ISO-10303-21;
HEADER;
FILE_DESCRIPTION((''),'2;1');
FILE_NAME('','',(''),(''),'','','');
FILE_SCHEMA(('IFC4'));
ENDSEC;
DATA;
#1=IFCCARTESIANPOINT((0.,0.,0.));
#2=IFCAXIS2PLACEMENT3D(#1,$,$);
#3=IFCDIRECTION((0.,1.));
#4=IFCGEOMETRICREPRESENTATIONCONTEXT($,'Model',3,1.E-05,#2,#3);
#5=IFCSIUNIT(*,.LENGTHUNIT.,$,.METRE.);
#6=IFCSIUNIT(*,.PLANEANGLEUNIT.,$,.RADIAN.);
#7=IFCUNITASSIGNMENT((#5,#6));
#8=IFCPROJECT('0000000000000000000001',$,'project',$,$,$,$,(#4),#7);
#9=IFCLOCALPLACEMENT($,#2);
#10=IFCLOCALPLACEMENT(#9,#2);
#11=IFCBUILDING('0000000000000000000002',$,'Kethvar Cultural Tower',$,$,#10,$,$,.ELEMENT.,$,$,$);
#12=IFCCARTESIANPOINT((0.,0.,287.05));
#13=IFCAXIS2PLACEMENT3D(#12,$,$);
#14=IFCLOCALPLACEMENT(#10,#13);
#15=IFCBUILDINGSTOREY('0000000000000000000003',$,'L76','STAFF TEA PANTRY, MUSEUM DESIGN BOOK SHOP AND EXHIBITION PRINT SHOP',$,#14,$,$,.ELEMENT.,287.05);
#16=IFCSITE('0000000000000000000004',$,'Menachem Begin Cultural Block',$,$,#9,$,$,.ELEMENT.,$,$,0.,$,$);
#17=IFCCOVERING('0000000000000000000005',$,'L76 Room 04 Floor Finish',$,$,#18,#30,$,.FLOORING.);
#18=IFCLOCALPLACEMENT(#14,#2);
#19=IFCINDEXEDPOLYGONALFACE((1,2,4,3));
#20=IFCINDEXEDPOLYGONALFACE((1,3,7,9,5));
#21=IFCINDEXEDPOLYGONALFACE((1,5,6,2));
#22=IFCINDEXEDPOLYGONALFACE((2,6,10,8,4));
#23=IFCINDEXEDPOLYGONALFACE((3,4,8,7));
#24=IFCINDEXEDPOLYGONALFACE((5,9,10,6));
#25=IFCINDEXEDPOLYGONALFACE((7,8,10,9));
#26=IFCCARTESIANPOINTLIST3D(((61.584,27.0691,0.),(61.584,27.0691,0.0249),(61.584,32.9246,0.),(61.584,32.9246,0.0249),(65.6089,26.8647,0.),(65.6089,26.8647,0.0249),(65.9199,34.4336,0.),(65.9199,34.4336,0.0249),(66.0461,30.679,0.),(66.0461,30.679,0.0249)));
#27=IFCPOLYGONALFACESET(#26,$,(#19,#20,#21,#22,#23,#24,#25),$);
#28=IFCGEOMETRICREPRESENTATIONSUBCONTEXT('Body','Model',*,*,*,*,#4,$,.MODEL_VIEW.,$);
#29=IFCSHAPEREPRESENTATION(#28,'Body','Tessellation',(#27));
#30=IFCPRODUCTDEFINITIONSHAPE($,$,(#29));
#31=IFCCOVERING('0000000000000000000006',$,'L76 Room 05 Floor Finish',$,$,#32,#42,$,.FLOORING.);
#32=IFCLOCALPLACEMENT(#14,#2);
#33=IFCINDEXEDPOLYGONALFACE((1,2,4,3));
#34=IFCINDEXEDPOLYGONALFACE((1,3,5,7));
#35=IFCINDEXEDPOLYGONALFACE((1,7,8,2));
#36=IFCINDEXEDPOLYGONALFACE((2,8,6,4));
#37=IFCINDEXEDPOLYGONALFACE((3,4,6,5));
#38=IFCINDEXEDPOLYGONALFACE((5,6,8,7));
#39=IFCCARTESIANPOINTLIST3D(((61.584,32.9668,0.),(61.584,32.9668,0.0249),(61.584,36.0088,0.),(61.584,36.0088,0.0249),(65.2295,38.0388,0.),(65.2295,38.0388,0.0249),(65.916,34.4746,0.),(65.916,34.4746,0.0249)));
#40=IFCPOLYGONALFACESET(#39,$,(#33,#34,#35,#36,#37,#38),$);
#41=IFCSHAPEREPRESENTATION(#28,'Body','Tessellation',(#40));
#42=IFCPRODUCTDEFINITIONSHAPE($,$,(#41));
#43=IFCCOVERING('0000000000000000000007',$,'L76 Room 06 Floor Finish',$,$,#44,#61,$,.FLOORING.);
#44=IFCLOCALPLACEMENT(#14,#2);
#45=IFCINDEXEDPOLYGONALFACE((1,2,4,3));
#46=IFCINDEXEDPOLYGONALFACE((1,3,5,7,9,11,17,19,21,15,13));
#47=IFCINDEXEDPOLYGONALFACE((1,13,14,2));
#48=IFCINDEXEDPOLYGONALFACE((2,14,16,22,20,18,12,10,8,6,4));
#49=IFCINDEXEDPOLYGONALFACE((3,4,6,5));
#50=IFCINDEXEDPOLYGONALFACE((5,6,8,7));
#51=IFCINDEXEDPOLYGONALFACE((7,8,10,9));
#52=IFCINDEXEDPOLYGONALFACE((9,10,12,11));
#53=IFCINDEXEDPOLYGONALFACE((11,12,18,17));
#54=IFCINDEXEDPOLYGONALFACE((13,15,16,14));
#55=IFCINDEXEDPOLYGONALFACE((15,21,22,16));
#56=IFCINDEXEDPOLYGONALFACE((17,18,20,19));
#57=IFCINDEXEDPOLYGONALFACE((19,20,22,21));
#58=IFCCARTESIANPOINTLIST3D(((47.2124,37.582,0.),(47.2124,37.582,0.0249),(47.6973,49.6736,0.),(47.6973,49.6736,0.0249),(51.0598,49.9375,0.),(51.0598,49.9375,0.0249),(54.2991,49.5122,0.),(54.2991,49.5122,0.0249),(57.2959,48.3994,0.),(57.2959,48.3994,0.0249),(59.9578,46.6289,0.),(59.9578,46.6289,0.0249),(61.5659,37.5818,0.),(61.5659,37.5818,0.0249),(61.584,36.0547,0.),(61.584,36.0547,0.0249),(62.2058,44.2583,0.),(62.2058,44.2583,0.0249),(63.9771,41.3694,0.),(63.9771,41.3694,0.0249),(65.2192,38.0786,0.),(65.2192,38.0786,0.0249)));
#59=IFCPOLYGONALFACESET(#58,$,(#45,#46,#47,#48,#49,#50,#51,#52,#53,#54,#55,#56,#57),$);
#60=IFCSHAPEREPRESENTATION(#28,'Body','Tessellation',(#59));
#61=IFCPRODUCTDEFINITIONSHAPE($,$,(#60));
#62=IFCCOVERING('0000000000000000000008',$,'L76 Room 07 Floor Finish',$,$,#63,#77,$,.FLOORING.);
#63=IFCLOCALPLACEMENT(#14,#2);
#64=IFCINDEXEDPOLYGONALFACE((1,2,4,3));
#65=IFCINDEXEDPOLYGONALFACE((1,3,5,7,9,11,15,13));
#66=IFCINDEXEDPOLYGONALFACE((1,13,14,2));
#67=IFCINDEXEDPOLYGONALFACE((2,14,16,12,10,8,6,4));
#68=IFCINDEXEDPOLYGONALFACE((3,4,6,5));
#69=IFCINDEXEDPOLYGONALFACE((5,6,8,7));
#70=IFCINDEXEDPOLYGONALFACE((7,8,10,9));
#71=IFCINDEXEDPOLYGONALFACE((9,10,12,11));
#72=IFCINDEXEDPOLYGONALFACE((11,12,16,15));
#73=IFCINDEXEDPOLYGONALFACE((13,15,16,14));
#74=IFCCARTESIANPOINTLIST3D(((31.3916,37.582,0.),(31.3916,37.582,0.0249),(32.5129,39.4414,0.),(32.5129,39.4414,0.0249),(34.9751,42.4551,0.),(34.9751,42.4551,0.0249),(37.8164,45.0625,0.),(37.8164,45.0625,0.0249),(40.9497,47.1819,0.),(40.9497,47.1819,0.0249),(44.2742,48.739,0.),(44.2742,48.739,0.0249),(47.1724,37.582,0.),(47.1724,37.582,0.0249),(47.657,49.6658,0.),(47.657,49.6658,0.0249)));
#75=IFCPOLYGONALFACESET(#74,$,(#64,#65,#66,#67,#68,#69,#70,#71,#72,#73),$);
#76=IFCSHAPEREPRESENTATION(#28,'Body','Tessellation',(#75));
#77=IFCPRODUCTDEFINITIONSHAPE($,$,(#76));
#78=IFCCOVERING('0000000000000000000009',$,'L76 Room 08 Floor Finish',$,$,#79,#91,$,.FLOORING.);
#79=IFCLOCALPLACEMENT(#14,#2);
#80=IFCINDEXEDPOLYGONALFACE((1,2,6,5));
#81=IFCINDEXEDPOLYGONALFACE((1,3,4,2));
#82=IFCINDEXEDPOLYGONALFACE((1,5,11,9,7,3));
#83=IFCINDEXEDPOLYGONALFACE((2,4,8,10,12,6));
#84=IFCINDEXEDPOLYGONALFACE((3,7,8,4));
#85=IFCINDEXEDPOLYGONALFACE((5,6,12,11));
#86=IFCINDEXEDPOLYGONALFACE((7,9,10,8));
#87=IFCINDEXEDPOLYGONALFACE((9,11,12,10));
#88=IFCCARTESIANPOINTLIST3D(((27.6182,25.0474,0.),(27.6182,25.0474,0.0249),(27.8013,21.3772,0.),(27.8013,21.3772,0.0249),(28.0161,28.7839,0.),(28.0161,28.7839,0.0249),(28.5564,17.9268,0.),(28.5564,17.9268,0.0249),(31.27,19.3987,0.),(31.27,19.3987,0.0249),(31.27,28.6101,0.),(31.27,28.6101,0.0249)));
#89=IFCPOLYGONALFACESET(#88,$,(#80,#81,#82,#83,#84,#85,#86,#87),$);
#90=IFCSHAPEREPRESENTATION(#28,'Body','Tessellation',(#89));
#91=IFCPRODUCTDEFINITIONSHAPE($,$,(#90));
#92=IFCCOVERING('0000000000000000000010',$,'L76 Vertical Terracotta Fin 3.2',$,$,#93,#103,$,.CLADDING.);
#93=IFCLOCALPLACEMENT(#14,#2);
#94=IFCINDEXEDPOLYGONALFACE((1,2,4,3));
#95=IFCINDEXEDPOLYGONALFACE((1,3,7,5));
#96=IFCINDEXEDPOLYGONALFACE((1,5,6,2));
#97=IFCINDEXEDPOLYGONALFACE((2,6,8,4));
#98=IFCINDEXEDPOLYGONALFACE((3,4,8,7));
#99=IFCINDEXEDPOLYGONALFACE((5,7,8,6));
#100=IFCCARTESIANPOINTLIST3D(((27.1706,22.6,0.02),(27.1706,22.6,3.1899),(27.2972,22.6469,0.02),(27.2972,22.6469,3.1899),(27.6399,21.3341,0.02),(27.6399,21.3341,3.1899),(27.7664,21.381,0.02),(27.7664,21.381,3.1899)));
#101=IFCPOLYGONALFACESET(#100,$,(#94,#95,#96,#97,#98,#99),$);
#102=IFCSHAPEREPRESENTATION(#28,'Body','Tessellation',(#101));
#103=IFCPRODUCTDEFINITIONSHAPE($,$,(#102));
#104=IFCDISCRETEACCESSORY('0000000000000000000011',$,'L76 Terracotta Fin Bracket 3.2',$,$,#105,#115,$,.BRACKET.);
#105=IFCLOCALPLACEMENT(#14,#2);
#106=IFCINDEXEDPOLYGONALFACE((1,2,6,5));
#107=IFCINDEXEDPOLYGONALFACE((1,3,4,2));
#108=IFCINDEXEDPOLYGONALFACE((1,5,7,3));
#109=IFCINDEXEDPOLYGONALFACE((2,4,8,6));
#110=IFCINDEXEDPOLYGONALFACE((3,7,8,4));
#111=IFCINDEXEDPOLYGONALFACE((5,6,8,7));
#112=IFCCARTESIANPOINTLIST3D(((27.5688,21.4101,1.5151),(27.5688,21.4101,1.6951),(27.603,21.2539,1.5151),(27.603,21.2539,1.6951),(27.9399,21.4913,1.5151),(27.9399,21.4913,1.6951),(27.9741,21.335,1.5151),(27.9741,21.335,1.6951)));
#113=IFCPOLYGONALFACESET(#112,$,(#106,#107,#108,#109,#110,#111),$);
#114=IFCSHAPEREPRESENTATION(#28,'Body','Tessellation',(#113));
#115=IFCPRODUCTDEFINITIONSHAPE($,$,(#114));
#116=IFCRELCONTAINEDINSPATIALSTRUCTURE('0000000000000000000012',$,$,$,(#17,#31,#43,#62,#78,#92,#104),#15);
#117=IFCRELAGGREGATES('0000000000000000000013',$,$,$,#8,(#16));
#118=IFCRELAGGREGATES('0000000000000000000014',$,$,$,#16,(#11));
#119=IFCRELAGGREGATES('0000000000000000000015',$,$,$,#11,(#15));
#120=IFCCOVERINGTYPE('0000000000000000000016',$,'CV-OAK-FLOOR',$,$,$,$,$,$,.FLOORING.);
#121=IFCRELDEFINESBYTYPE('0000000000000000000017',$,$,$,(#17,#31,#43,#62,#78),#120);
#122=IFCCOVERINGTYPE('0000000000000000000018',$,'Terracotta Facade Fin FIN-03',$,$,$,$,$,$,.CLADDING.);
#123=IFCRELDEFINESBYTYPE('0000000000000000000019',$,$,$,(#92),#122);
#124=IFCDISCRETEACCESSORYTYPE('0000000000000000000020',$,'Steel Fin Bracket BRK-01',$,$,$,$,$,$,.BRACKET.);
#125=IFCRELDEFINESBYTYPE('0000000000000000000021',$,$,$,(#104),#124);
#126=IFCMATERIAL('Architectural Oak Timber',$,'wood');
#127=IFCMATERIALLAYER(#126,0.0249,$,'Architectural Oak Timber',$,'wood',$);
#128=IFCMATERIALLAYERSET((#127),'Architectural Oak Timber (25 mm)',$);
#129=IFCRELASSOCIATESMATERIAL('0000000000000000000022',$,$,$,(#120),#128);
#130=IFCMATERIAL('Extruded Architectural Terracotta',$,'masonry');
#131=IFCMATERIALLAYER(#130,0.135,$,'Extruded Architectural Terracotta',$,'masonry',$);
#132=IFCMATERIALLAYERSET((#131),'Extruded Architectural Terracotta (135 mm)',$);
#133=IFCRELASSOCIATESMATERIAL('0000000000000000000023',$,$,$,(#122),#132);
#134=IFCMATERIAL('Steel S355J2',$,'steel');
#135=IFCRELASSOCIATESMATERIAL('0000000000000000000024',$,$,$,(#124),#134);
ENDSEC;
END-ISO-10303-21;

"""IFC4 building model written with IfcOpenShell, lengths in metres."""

from ifc_helpers import new_model, si_unit, direction, frame, origin, origin_2d, place, context, subcontext, project, spatial, polyline, rectangle, outline, extrude, source, transform, mapped, material, layer, layer_set, type_object, element, save


model = new_model("IFC4")

# Units and contexts
model_context = context("Model", 3, precision=1e-05, world=origin(), true_north=direction((0.0, 1.0)))
body_context = subcontext(model_context, "Body", "Model", "MODEL_VIEW")
ifc_project = project(units=[si_unit("LENGTHUNIT", "METRE"), si_unit("PLANEANGLEUNIT", "RADIAN")], contexts=[model_context])

# Site, building, storey
site_placement = place(None, origin())
site = spatial("IfcSite", under=ifc_project, at=site_placement, Name="Menachem Begin Cultural Block", CompositionType="ELEMENT", RefElevation=0.0)
building_placement = place(site_placement, origin())
building = spatial("IfcBuilding", under=site, at=building_placement, Name="Kethvar Cultural Tower", CompositionType="ELEMENT")
storey_placement = place(building_placement, frame((0.0, 0.0, 287.05)))
storey = spatial("IfcBuildingStorey", under=building, at=storey_placement, Name="L76", Description="STAFF TEA PANTRY, MUSEUM DESIGN BOOK SHOP AND EXHIBITION PRINT SHOP", CompositionType="ELEMENT", Elevation=287.05)

# Coverings
ifc_material_1 = material(Name="Architectural Oak Timber", Category="wood")
ifc_layer_1 = layer(ifc_material_1, 0.0249, Name="Architectural Oak Timber", Category="wood")
ifc_layer_set_1 = layer_set([ifc_layer_1], Name="Architectural Oak Timber (25 mm)")
covering_type_1 = type_object("IfcCoveringType", Name="CV-OAK-FLOOR", PredefinedType="FLOORING", material=ifc_layer_set_1)
covering_1_placement = place(storey_placement, origin())
element("IfcCovering", 1, at=covering_1_placement, inside=storey, type_object=covering_type_1, Name="L76 Room 04 Floor Finish", PredefinedType="FLOORING", context=body_context, shape_type="SweptSolid", body=[
    extrude(outline(polyline([(66.0461, 30.679), (65.6089, 26.8647), (61.584, 27.0691), (61.584, 32.9246), (65.9199, 34.4336), (66.0461, 30.679)])), origin(), (0.0, 0.0, 1.0), 0.0249),
])
covering_2_placement = place(storey_placement, origin())
element("IfcCovering", 2, at=covering_2_placement, inside=storey, type_object=covering_type_1, Name="L76 Room 05 Floor Finish", PredefinedType="FLOORING", context=body_context, shape_type="SweptSolid", body=[
    extrude(outline(polyline([(65.916, 34.4746), (61.584, 32.9668), (61.584, 36.0088), (65.2295, 38.0388), (65.916, 34.4746)])), origin(), (0.0, 0.0, 1.0), 0.0249),
])
covering_3_placement = place(storey_placement, origin())
element("IfcCovering", 3, at=covering_3_placement, inside=storey, type_object=covering_type_1, Name="L76 Room 06 Floor Finish", PredefinedType="FLOORING", context=body_context, shape_type="SweptSolid", body=[
    extrude(outline(polyline([(51.0598, 49.9375), (54.2991, 49.5122), (57.2959, 48.3994), (59.9578, 46.6289), (62.2058, 44.2583), (63.9771, 41.3694), (65.2192, 38.0786), (61.584, 36.0547), (61.5659, 37.5818), (47.2124, 37.582), (47.6973, 49.6736), (51.0598, 49.9375)])), origin(), (0.0, 0.0, 1.0), 0.0249),
])
covering_4_placement = place(storey_placement, origin())
element("IfcCovering", 4, at=covering_4_placement, inside=storey, type_object=covering_type_1, Name="L76 Room 07 Floor Finish", PredefinedType="FLOORING", context=body_context, shape_type="SweptSolid", body=[
    extrude(outline(polyline([(34.9751, 42.4551), (37.8164, 45.0625), (40.9497, 47.1819), (44.2742, 48.739), (47.657, 49.6658), (47.1724, 37.582), (31.3916, 37.582), (32.5129, 39.4414), (34.9751, 42.4551)])), origin(), (0.0, 0.0, 1.0), 0.0249),
])
covering_5_placement = place(storey_placement, origin())
element("IfcCovering", 5, at=covering_5_placement, inside=storey, type_object=covering_type_1, Name="L76 Room 08 Floor Finish", PredefinedType="FLOORING", context=body_context, shape_type="SweptSolid", body=[
    extrude(outline(polyline([(27.8013, 21.3772), (27.6182, 25.0474), (28.0161, 28.7839), (31.27, 28.6101), (31.27, 19.3987), (28.5564, 17.9268), (27.8013, 21.3772)])), origin(), (0.0, 0.0, 1.0), 0.0249),
])
ifc_material_2 = material(Name="Extruded Architectural Terracotta", Category="masonry")
ifc_layer_2 = layer(ifc_material_2, 0.135, Name="Extruded Architectural Terracotta", Category="masonry")
ifc_layer_set_2 = layer_set([ifc_layer_2], Name="Extruded Architectural Terracotta (135 mm)")
covering_type_2 = type_object("IfcCoveringType", Name="Terracotta Facade Fin FIN-03", PredefinedType="CLADDING", material=ifc_layer_set_2)
shared_shape_1 = source(origin(), body_context, "Body", "SweptSolid", [
    extrude(rectangle(XDim=1.3501, YDim=0.135, at=origin_2d()), origin(), (0.0, 0.0, 1.0), 3.1699),
])
covering_6_placement = place(storey_placement, frame((27.4685, 21.9905, 0.02), z_axis=(0.0, 0.0, 1.0), x_axis=(-0.34759, 0.937646, 0.0)))
element("IfcCovering", 6, at=covering_6_placement, inside=storey, type_object=covering_type_2, Name="L76 Vertical Terracotta Fin 3.2", PredefinedType="CLADDING", context=body_context, shape_type="MappedRepresentation", body=[
    mapped(shared_shape_1, transform((0.0, 0.0, 0.0), scale=1.0)),
])

# Discrete accessory
ifc_material_3 = material(Name="Steel S355J2", Category="steel")
discrete_accessory_type = type_object("IfcDiscreteAccessoryType", Name="Steel Fin Bracket BRK-01", PredefinedType="BRACKET", material=ifc_material_3)
shared_shape_2 = source(origin(), body_context, "Body", "SweptSolid", [
    extrude(rectangle(XDim=0.3799, YDim=0.1599, at=origin_2d()), origin(), (0.0, 0.0, 1.0), 0.1799),
])
discrete_accessory_placement = place(storey_placement, frame((27.7715, 21.3726, 1.5151), z_axis=(0.0, 0.0, 1.0), x_axis=(-0.976897, -0.213712, 0.0)))
element("IfcDiscreteAccessory", 7, at=discrete_accessory_placement, inside=storey, type_object=discrete_accessory_type, Name="L76 Terracotta Fin Bracket 3.2", PredefinedType="BRACKET", context=body_context, shape_type="MappedRepresentation", body=[
    mapped(shared_shape_2, transform((0.0, 0.0, 0.0), scale=1.0)),
])

save(model, "model.ifc")
